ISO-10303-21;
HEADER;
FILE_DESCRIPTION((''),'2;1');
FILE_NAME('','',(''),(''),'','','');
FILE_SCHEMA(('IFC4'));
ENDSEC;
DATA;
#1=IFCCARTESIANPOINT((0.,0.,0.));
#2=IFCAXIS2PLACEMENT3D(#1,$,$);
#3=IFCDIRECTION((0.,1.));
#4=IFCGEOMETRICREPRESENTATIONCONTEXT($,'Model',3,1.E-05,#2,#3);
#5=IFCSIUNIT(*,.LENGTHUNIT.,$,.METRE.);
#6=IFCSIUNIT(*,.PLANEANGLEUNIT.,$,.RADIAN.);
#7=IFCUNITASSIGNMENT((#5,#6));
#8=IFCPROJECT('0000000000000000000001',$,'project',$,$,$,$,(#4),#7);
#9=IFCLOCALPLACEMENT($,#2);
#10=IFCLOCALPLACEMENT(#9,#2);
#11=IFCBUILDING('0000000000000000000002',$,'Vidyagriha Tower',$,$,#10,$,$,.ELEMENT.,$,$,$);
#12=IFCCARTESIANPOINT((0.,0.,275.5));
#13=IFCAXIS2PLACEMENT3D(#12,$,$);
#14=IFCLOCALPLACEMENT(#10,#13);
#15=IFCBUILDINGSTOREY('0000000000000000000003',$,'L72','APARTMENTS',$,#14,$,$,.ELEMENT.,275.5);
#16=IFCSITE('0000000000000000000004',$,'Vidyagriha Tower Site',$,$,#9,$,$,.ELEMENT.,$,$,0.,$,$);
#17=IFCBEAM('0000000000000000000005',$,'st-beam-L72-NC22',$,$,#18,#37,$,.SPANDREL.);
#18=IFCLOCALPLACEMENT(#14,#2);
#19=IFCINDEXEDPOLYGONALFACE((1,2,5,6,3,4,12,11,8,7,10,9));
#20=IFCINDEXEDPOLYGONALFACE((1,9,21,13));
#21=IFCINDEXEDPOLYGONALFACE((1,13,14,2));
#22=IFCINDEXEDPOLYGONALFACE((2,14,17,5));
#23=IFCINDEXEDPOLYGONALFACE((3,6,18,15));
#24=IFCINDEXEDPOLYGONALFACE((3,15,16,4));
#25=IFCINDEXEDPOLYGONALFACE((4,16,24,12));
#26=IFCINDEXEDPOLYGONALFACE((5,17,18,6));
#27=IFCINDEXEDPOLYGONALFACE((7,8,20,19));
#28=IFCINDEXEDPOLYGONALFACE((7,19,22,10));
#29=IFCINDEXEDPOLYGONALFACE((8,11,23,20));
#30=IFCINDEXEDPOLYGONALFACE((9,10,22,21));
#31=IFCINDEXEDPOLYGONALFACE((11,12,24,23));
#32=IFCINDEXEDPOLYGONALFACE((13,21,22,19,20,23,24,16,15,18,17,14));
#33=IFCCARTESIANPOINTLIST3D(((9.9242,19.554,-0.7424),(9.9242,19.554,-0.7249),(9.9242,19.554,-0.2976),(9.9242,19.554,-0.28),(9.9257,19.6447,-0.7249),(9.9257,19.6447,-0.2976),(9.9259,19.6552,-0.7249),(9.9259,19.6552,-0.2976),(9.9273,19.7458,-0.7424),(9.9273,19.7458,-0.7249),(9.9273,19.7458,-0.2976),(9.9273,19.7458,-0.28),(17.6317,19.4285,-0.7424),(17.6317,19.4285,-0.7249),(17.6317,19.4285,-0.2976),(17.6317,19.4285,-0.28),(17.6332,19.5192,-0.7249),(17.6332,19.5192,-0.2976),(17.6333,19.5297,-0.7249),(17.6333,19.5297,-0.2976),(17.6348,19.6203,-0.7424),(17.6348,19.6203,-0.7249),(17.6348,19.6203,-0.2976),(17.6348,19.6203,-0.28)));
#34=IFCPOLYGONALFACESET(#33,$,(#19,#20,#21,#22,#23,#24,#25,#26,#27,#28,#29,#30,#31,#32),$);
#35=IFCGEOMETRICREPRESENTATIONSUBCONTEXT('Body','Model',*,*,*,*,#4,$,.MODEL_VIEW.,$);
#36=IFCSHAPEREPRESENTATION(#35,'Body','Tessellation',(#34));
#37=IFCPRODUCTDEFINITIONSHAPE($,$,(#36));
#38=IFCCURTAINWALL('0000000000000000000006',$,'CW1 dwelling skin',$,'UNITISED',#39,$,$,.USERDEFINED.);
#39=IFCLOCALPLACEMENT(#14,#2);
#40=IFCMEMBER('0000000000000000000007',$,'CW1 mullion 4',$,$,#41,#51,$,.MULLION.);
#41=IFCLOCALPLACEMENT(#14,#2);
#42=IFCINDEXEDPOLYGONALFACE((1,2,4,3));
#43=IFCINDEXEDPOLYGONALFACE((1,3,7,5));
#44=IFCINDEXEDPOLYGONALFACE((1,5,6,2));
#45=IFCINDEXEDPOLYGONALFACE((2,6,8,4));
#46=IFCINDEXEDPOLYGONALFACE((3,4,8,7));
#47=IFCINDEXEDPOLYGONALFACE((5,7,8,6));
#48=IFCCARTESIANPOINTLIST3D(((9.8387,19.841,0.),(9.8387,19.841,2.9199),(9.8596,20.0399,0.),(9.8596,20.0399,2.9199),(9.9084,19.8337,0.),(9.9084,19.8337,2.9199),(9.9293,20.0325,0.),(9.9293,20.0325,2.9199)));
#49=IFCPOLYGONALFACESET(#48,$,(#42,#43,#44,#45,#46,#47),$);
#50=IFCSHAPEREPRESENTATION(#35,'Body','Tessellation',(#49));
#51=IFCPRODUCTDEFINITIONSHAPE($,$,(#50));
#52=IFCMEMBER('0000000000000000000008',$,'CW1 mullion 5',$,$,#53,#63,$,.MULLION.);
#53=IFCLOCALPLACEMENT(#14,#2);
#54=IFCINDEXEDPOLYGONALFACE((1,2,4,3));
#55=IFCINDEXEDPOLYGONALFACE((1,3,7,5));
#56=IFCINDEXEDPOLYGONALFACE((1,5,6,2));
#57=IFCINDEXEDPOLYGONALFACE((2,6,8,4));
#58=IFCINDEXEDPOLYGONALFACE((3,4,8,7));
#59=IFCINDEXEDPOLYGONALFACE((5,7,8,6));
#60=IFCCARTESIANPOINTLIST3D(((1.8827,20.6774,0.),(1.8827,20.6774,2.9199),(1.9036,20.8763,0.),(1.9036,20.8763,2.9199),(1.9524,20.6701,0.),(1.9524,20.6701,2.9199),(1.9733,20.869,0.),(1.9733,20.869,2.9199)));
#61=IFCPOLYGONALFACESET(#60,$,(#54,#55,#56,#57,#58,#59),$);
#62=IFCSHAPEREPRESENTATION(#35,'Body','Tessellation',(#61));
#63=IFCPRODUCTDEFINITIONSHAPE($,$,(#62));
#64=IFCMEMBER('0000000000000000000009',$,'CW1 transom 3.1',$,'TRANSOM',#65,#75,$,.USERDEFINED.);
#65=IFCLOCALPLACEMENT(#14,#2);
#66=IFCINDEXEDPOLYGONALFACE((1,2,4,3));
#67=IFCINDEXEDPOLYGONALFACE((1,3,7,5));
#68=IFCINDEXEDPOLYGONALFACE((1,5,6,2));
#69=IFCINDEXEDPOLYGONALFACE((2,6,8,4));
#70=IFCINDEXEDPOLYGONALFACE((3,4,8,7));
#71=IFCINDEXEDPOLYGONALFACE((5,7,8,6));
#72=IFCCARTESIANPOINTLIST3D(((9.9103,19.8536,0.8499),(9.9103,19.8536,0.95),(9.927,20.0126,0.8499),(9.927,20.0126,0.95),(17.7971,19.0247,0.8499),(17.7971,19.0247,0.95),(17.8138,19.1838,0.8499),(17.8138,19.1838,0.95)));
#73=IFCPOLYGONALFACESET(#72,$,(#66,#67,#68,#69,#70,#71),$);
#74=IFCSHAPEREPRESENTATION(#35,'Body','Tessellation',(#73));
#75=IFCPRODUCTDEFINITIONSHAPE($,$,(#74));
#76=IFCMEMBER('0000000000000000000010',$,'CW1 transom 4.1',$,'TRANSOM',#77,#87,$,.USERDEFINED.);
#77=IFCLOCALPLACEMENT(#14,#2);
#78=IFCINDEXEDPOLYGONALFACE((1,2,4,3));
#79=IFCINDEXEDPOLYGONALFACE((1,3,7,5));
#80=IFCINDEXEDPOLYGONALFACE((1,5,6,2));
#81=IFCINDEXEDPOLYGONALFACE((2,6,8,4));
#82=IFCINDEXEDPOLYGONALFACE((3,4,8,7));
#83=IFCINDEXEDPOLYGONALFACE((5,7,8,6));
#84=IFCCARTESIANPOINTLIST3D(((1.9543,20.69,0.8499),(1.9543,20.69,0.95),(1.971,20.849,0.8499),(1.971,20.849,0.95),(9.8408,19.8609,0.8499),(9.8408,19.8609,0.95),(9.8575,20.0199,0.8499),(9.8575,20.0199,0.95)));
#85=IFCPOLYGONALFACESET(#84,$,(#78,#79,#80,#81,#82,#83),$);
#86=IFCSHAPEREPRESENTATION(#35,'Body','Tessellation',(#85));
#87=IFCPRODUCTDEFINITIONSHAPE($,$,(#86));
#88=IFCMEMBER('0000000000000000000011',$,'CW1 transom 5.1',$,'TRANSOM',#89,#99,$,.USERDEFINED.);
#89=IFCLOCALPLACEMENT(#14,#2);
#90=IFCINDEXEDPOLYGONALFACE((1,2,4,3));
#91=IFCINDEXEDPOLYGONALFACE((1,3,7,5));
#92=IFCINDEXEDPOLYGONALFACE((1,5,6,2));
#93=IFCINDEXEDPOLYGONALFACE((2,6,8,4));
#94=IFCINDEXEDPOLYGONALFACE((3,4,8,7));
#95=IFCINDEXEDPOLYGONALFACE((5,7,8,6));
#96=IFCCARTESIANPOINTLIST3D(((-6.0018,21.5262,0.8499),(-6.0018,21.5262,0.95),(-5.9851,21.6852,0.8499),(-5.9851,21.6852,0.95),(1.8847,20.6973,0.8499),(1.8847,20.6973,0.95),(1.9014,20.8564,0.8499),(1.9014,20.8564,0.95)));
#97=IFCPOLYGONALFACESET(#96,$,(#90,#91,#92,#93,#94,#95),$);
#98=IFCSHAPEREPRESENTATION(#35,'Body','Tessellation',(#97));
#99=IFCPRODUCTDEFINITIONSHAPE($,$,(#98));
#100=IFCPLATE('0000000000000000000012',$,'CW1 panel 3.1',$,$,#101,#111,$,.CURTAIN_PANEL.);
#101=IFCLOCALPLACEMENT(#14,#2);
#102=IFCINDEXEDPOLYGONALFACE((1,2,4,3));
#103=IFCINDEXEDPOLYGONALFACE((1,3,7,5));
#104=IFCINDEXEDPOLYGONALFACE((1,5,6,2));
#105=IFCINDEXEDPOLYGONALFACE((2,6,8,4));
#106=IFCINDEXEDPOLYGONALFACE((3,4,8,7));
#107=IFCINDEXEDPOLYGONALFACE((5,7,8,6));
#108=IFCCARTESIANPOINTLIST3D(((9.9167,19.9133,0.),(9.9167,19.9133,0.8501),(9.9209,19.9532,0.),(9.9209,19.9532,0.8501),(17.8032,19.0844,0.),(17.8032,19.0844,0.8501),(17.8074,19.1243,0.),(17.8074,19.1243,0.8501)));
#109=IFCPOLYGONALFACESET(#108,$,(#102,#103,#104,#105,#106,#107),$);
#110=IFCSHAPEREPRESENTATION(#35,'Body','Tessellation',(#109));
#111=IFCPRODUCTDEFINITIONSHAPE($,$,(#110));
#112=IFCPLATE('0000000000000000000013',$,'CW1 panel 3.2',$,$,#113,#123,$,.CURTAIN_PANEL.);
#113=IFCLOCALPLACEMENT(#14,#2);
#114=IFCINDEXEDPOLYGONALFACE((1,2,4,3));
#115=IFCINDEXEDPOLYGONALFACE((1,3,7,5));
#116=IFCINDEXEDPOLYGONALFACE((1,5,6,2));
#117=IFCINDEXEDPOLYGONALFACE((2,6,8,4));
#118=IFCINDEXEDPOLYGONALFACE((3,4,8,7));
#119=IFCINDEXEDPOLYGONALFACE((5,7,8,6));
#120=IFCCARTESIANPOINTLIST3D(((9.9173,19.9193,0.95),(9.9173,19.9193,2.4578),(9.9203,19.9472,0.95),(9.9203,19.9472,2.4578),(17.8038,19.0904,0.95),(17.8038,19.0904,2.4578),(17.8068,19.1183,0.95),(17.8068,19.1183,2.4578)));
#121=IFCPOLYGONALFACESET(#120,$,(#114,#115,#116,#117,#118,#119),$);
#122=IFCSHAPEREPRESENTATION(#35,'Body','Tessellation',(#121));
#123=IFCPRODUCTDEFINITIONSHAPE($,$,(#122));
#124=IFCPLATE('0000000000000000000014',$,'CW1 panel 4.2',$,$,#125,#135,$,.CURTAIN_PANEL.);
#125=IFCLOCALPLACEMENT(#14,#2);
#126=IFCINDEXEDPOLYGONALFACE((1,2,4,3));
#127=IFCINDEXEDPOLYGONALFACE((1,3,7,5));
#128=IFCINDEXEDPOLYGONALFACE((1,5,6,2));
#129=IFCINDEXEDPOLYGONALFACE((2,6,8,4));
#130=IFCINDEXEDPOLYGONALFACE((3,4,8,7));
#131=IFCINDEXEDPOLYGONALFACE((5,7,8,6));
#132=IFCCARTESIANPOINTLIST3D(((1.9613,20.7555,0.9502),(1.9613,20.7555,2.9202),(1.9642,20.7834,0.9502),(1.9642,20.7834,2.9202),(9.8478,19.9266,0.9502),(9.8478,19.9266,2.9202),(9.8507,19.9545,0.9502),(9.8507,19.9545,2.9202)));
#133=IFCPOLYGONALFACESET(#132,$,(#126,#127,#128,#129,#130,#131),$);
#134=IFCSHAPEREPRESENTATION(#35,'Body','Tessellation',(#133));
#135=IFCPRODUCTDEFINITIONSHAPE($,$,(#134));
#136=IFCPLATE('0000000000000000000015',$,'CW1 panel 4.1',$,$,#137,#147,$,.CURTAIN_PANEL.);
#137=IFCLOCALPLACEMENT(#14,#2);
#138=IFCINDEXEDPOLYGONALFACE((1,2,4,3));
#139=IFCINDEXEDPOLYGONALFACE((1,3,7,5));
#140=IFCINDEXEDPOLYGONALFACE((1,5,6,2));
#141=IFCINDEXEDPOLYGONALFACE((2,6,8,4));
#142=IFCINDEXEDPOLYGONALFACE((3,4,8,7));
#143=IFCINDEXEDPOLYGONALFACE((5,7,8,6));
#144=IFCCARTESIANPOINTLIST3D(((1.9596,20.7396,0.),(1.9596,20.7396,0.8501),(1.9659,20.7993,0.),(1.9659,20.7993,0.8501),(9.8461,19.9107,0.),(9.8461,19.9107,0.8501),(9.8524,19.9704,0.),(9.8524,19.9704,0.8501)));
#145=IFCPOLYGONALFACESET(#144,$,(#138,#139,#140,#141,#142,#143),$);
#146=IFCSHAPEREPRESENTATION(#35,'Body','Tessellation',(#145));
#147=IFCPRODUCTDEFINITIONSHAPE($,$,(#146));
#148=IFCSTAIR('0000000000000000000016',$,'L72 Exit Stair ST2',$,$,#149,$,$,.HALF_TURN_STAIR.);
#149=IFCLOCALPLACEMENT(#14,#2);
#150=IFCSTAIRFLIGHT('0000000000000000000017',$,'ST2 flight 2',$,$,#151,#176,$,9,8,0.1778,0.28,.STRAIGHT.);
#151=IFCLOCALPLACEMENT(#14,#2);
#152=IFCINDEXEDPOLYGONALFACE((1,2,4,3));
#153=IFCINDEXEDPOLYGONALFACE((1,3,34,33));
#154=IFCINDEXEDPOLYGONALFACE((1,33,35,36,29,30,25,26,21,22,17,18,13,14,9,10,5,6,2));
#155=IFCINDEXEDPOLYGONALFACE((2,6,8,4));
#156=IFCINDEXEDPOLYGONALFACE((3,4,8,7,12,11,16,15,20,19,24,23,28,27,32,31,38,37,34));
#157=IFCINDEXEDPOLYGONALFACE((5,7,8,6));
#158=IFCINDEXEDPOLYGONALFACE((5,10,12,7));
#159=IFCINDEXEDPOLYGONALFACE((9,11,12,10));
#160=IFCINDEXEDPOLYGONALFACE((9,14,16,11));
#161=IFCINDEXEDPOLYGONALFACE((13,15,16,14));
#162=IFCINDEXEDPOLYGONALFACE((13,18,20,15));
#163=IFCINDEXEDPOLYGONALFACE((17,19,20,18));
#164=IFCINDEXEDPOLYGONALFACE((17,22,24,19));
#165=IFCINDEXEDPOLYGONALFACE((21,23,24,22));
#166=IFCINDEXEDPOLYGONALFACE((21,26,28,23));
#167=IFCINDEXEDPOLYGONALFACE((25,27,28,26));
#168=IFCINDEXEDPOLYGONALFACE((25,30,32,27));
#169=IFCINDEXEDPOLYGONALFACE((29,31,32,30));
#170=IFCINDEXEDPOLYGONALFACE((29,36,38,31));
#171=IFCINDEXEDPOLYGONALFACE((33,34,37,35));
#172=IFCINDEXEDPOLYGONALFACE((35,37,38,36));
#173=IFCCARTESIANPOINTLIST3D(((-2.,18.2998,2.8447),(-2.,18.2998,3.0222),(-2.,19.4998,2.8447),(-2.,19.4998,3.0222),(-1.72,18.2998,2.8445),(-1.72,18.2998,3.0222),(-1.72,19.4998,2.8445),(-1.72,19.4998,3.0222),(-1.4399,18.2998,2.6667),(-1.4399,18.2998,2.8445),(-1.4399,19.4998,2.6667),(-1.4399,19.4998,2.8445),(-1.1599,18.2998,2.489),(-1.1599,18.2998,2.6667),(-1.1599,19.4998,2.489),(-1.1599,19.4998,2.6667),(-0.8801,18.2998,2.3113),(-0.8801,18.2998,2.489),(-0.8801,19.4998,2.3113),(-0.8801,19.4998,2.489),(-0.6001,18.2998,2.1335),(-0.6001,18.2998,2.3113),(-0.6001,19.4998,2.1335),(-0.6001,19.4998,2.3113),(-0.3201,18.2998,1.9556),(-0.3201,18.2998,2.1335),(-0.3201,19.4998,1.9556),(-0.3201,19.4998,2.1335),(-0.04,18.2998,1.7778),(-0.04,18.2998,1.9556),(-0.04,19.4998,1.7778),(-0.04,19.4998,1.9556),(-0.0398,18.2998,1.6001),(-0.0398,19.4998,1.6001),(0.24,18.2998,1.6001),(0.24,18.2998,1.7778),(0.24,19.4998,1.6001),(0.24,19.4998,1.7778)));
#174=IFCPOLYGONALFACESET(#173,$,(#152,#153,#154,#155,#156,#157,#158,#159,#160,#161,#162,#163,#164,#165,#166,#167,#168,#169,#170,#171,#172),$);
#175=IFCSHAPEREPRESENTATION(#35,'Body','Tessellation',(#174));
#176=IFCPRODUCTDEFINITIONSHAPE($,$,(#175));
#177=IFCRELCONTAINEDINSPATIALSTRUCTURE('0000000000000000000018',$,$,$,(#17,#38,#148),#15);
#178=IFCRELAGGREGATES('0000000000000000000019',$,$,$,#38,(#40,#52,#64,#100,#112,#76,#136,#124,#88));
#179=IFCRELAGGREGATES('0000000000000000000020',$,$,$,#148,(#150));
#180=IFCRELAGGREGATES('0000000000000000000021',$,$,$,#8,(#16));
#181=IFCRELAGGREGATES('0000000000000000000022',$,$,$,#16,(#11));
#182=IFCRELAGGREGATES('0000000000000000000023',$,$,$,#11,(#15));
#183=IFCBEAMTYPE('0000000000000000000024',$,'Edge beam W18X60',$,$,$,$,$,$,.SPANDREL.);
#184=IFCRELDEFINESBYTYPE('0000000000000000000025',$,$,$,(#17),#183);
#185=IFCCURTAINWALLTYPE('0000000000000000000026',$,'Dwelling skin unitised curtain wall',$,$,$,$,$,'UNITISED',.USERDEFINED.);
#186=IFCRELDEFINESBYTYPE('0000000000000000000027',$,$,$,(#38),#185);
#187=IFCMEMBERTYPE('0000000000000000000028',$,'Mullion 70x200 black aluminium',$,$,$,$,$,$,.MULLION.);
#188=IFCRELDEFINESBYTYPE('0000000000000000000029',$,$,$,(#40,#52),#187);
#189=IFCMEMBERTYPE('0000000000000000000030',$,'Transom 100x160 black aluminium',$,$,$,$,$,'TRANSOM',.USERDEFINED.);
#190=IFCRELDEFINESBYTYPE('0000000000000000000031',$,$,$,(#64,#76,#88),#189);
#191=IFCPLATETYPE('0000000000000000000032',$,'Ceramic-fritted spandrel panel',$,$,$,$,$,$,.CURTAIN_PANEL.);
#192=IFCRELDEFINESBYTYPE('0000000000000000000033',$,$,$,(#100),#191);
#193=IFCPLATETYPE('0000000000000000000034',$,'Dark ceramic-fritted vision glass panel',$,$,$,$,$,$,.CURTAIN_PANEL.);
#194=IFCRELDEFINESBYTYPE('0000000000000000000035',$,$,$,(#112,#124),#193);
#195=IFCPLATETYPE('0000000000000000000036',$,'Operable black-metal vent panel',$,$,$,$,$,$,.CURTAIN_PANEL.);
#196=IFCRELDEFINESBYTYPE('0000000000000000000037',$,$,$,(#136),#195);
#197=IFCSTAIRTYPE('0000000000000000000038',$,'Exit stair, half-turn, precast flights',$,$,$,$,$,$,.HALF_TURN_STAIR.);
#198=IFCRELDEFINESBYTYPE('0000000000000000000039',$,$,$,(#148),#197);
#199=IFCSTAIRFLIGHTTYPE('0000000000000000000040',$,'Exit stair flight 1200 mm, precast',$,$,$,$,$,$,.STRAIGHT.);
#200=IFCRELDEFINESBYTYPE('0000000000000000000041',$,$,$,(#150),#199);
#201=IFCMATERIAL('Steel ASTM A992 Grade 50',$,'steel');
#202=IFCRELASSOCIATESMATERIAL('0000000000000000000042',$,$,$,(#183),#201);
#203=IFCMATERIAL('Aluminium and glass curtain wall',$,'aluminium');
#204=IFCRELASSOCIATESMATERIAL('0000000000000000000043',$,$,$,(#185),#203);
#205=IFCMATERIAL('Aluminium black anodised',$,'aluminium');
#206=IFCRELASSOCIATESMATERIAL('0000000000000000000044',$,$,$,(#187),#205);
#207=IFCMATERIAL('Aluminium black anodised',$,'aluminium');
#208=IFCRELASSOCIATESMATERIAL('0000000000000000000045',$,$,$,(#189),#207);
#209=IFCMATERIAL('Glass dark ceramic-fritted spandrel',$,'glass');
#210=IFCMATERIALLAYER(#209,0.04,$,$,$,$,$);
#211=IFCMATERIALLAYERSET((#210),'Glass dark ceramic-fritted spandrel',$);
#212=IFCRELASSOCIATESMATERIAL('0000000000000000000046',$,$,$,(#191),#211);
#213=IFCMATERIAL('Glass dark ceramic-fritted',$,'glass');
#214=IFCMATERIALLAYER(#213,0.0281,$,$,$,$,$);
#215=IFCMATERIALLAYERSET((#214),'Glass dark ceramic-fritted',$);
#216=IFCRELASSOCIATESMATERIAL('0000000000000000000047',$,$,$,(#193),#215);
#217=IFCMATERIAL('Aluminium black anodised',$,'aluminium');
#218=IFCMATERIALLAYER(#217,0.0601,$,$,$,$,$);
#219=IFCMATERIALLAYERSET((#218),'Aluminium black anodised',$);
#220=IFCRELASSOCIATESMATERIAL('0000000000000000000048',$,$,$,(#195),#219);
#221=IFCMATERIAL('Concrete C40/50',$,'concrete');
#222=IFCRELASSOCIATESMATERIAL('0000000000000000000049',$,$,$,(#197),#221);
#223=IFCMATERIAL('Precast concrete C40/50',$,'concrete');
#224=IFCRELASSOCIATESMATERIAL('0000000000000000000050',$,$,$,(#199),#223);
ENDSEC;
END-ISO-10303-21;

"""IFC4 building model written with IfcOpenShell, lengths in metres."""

from ifc_helpers import new_model, si_unit, direction, frame, origin, origin_2d, place, context, subcontext, project, spatial, polyline, rectangle, i_section, outline, extrude, material, layer, layer_set, material_profile, profile_set, type_object, element, aggregate, save


model = new_model("IFC4")

# Units and contexts
model_context = context("Model", 3, precision=1e-05, world=origin(), true_north=direction((0.0, 1.0)))
body_context = subcontext(model_context, "Body", "Model", "MODEL_VIEW")
ifc_project = project(units=[si_unit("LENGTHUNIT", "METRE"), si_unit("PLANEANGLEUNIT", "RADIAN")], contexts=[model_context])

# Site, building, storey
site_placement = place(None, origin())
site = spatial("IfcSite", under=ifc_project, at=site_placement, Name="Vidyagriha Tower Site", CompositionType="ELEMENT", RefElevation=0.0)
building_placement = place(site_placement, origin())
building = spatial("IfcBuilding", under=site, at=building_placement, Name="Vidyagriha Tower", CompositionType="ELEMENT")
storey_placement = place(building_placement, frame((0.0, 0.0, 275.5)))
storey = spatial("IfcBuildingStorey", under=building, at=storey_placement, Name="L72", Description="APARTMENTS", CompositionType="ELEMENT", Elevation=275.5)

# Beam
ifc_material_1 = material(Name="Steel ASTM A992 Grade 50", Category="steel")
ifc_material_profile_1 = material_profile(ifc_material_1, i_section(OverallWidth=0.1919, OverallDepth=0.4624, WebThickness=0.0105, FlangeThickness=0.0176, at=origin_2d()), Name="W18X60")
ifc_profile_set_1 = profile_set([ifc_material_profile_1], Name="Steel ASTM A992 Grade 50")
beam_type = type_object("IfcBeamType", Name="Edge beam W18X60", PredefinedType="SPANDREL", material=ifc_profile_set_1)
beam_placement = place(storey_placement, frame((9.9258, 19.6499, -0.5112), z_axis=(0.999867, -0.016279, 0.0), x_axis=(0.016279, 0.999867, 0.0)))
element("IfcBeam", 1, at=beam_placement, inside=storey, type_object=beam_type, Name="st-beam-L72-NC22", PredefinedType="SPANDREL", context=body_context, shape_type="SweptSolid", body=[
    extrude(i_section(OverallWidth=0.1919, OverallDepth=0.4624, WebThickness=0.0105, FlangeThickness=0.0176, at=origin_2d()), origin(), (0.0, 0.0, 1.0), 7.7085),
])

# Curtain wall, members, plates
ifc_material_2 = material(Name="Aluminium and glass curtain wall", Category="aluminium")
curtain_wall_type = type_object("IfcCurtainWallType", Name="Dwelling skin unitised curtain wall", ElementType="UNITISED", PredefinedType="USERDEFINED", material=ifc_material_2)
curtain_wall_placement = place(storey_placement, origin())
curtain_wall = element("IfcCurtainWall", 2, at=curtain_wall_placement, inside=storey, type_object=curtain_wall_type, Name="CW1 dwelling skin", ObjectType="UNITISED", PredefinedType="USERDEFINED")
ifc_material_3 = material(Name="Aluminium black anodised", Category="aluminium")
ifc_material_profile_2 = material_profile(ifc_material_3, rectangle(XDim=0.2, YDim=0.0701, at=origin_2d()), Name="Mullion 70x200 black aluminium")
ifc_profile_set_2 = profile_set([ifc_material_profile_2], Name="Aluminium black anodised")
member_type_1 = type_object("IfcMemberType", Name="Mullion 70x200 black aluminium", PredefinedType="MULLION", material=ifc_profile_set_2)
member_1_placement = place(storey_placement, frame((9.884, 19.9368, 0.0), z_axis=(0.0, 0.0, 1.0), x_axis=(-0.104529, -0.994522, 0.0)))
member_1 = element("IfcMember", 3, at=member_1_placement, type_object=member_type_1, Name="CW1 mullion 4", PredefinedType="MULLION", context=body_context, shape_type="SweptSolid", body=[
    extrude(rectangle(XDim=0.2, YDim=0.0701, at=origin_2d()), origin(), (0.0, 0.0, 1.0), 2.9199),
])
member_2_placement = place(storey_placement, frame((1.928, 20.7732, 0.0), z_axis=(0.0, 0.0, 1.0), x_axis=(-0.104529, -0.994522, 0.0)))
member_2 = element("IfcMember", 4, at=member_2_placement, type_object=member_type_1, Name="CW1 mullion 5", PredefinedType="MULLION", context=body_context, shape_type="SweptSolid", body=[
    extrude(rectangle(XDim=0.2, YDim=0.0701, at=origin_2d()), origin(), (0.0, 0.0, 1.0), 2.9199),
])
ifc_material_4 = material(Name="Aluminium black anodised", Category="aluminium")
ifc_material_profile_3 = material_profile(ifc_material_4, rectangle(XDim=0.1599, YDim=0.1001, at=origin_2d()), Name="Transom 100x160 black aluminium")
ifc_profile_set_3 = profile_set([ifc_material_profile_3], Name="Aluminium black anodised")
member_type_2 = type_object("IfcMemberType", Name="Transom 100x160 black aluminium", ElementType="TRANSOM", PredefinedType="USERDEFINED", material=ifc_profile_set_3)
member_3_placement = place(storey_placement, frame((17.8054, 19.1042, 0.8999), z_axis=(-0.994523, 0.10452, 0.0), x_axis=(-0.10452, -0.994523, 0.0)))
member_3 = element("IfcMember", 5, at=member_3_placement, type_object=member_type_2, Name="CW1 transom 3.1", ObjectType="TRANSOM", PredefinedType="USERDEFINED", context=body_context, shape_type="SweptSolid", body=[
    extrude(rectangle(XDim=0.1599, YDim=0.1001, at=origin_2d()), origin(), (0.0, 0.0, 1.0), 7.9302),
])
member_4_placement = place(storey_placement, frame((9.8491, 19.9404, 0.8999), z_axis=(-0.994519, 0.104553, 0.0), x_axis=(-0.104553, -0.994519, 0.0)))
member_4 = element("IfcMember", 6, at=member_4_placement, type_object=member_type_2, Name="CW1 transom 4.1", ObjectType="TRANSOM", PredefinedType="USERDEFINED", context=body_context, shape_type="SweptSolid", body=[
    extrude(rectangle(XDim=0.1599, YDim=0.1001, at=origin_2d()), origin(), (0.0, 0.0, 1.0), 7.9299),
])
member_5_placement = place(storey_placement, frame((1.8931, 20.7769, 0.8999), z_axis=(-0.994522, 0.104523, 0.0), x_axis=(-0.104523, -0.994522, 0.0)))
member_5 = element("IfcMember", 7, at=member_5_placement, type_object=member_type_2, Name="CW1 transom 5.1", ObjectType="TRANSOM", PredefinedType="USERDEFINED", context=body_context, shape_type="SweptSolid", body=[
    extrude(rectangle(XDim=0.1599, YDim=0.1001, at=origin_2d()), origin(), (0.0, 0.0, 1.0), 7.9299),
])
ifc_material_5 = material(Name="Glass dark ceramic-fritted spandrel", Category="glass")
ifc_layer_1 = layer(ifc_material_5, 0.04)
ifc_layer_set_1 = layer_set([ifc_layer_1], Name="Glass dark ceramic-fritted spandrel")
plate_type_1 = type_object("IfcPlateType", Name="Ceramic-fritted spandrel panel", PredefinedType="CURTAIN_PANEL", material=ifc_layer_set_1)
plate_1_placement = place(storey_placement, frame((13.8621, 19.5188, 0.0), z_axis=(0.0, 0.0, 1.0), x_axis=(-0.994522, 0.104529, 0.0)))
plate_1 = element("IfcPlate", 8, at=plate_1_placement, type_object=plate_type_1, Name="CW1 panel 3.1", PredefinedType="CURTAIN_PANEL", context=body_context, shape_type="SweptSolid", body=[
    extrude(rectangle(XDim=7.9299, YDim=0.04, at=origin_2d()), origin(), (0.0, 0.0, 1.0), 0.8501),
])
ifc_material_6 = material(Name="Glass dark ceramic-fritted", Category="glass")
ifc_layer_2 = layer(ifc_material_6, 0.0281)
ifc_layer_set_2 = layer_set([ifc_layer_2], Name="Glass dark ceramic-fritted")
plate_type_2 = type_object("IfcPlateType", Name="Dark ceramic-fritted vision glass panel", PredefinedType="CURTAIN_PANEL", material=ifc_layer_set_2)
plate_2_placement = place(storey_placement, frame((13.8621, 19.5188, 0.95), z_axis=(0.0, 0.0, 1.0), x_axis=(-0.994522, 0.104529, 0.0)))
plate_2 = element("IfcPlate", 9, at=plate_2_placement, type_object=plate_type_2, Name="CW1 panel 3.2", PredefinedType="CURTAIN_PANEL", context=body_context, shape_type="SweptSolid", body=[
    extrude(rectangle(XDim=7.9299, YDim=0.0281, at=origin_2d()), origin(), (0.0, 0.0, 1.0), 1.5078),
])
plate_3_placement = place(storey_placement, frame((5.906, 20.355, 0.9502), z_axis=(0.0, 0.0, 1.0), x_axis=(-0.994522, 0.104529, 0.0)))
plate_3 = element("IfcPlate", 10, at=plate_3_placement, type_object=plate_type_2, Name="CW1 panel 4.2", PredefinedType="CURTAIN_PANEL", context=body_context, shape_type="SweptSolid", body=[
    extrude(rectangle(XDim=7.9299, YDim=0.0281, at=origin_2d()), origin(), (0.0, 0.0, 1.0), 1.97),
])
ifc_material_7 = material(Name="Aluminium black anodised", Category="aluminium")
ifc_layer_3 = layer(ifc_material_7, 0.0601)
ifc_layer_set_3 = layer_set([ifc_layer_3], Name="Aluminium black anodised")
plate_type_3 = type_object("IfcPlateType", Name="Operable black-metal vent panel", PredefinedType="CURTAIN_PANEL", material=ifc_layer_set_3)
plate_4_placement = place(storey_placement, frame((5.906, 20.355, 0.0), z_axis=(0.0, 0.0, 1.0), x_axis=(-0.994522, 0.104529, 0.0)))
plate_4 = element("IfcPlate", 11, at=plate_4_placement, type_object=plate_type_3, Name="CW1 panel 4.1", PredefinedType="CURTAIN_PANEL", context=body_context, shape_type="SweptSolid", body=[
    extrude(rectangle(XDim=7.9299, YDim=0.0601, at=origin_2d()), origin(), (0.0, 0.0, 1.0), 0.8501),
])
aggregate(curtain_wall, [member_1, member_2, member_3, plate_1, plate_2, member_4, plate_4, plate_3, member_5])

# Stair, stair flight
ifc_material_8 = material(Name="Concrete C40/50", Category="concrete")
stair_type = type_object("IfcStairType", Name="Exit stair, half-turn, precast flights", PredefinedType="HALF_TURN_STAIR", material=ifc_material_8)
stair_1_placement = place(storey_placement, origin())
stair_1 = element("IfcStair", 12, at=stair_1_placement, inside=storey, type_object=stair_type, Name="L72 Exit Stair ST2", PredefinedType="HALF_TURN_STAIR")
ifc_material_9 = material(Name="Precast concrete C40/50", Category="concrete")
stair_flight_type = type_object("IfcStairFlightType", Name="Exit stair flight 1200 mm, precast", PredefinedType="STRAIGHT", material=ifc_material_9)
stair_flight_1_placement = place(storey_placement, frame((0.24, 18.8999, 1.6001), z_axis=(0.0, 0.0, 1.0), x_axis=(-1.0, 0.0, 0.0)))
stair_flight_1 = element("IfcStairFlight", 13, at=stair_flight_1_placement, type_object=stair_flight_type, Name="ST2 flight 2", NumberOfRisers=9, NumberOfTreads=8, PredefinedType="STRAIGHT", RiserHeight=0.1778, TreadLength=0.28, context=body_context, shape_type="SweptSolid", body=[
    extrude(outline(polyline([(0.0, 0.0), (0.0, 0.1777), (0.28, 0.1777), (0.28, 0.3555), (0.5601, 0.3555), (0.5601, 0.5334), (0.8401, 0.5334), (0.8401, 0.7112), (1.1201, 0.7112), (1.1201, 0.8889), (1.3999, 0.8889), (1.3999, 1.0667), (1.6799, 1.0667), (1.6799, 1.2444), (1.96, 1.2444), (1.96, 1.4221), (2.24, 1.4221), (2.24, 1.6001), (2.24, 1.2446), (0.2798, 0.0), (0.0, 0.0)])), frame((0.0, 0.6001, 0.0), z_axis=(0.0, -1.0, 0.0), x_axis=(1.0, 0.0, 0.0)), (0.0, 0.0, 1.0), 1.2),
])
aggregate(stair_1, [stair_flight_1])

save(model, "model.ifc")
